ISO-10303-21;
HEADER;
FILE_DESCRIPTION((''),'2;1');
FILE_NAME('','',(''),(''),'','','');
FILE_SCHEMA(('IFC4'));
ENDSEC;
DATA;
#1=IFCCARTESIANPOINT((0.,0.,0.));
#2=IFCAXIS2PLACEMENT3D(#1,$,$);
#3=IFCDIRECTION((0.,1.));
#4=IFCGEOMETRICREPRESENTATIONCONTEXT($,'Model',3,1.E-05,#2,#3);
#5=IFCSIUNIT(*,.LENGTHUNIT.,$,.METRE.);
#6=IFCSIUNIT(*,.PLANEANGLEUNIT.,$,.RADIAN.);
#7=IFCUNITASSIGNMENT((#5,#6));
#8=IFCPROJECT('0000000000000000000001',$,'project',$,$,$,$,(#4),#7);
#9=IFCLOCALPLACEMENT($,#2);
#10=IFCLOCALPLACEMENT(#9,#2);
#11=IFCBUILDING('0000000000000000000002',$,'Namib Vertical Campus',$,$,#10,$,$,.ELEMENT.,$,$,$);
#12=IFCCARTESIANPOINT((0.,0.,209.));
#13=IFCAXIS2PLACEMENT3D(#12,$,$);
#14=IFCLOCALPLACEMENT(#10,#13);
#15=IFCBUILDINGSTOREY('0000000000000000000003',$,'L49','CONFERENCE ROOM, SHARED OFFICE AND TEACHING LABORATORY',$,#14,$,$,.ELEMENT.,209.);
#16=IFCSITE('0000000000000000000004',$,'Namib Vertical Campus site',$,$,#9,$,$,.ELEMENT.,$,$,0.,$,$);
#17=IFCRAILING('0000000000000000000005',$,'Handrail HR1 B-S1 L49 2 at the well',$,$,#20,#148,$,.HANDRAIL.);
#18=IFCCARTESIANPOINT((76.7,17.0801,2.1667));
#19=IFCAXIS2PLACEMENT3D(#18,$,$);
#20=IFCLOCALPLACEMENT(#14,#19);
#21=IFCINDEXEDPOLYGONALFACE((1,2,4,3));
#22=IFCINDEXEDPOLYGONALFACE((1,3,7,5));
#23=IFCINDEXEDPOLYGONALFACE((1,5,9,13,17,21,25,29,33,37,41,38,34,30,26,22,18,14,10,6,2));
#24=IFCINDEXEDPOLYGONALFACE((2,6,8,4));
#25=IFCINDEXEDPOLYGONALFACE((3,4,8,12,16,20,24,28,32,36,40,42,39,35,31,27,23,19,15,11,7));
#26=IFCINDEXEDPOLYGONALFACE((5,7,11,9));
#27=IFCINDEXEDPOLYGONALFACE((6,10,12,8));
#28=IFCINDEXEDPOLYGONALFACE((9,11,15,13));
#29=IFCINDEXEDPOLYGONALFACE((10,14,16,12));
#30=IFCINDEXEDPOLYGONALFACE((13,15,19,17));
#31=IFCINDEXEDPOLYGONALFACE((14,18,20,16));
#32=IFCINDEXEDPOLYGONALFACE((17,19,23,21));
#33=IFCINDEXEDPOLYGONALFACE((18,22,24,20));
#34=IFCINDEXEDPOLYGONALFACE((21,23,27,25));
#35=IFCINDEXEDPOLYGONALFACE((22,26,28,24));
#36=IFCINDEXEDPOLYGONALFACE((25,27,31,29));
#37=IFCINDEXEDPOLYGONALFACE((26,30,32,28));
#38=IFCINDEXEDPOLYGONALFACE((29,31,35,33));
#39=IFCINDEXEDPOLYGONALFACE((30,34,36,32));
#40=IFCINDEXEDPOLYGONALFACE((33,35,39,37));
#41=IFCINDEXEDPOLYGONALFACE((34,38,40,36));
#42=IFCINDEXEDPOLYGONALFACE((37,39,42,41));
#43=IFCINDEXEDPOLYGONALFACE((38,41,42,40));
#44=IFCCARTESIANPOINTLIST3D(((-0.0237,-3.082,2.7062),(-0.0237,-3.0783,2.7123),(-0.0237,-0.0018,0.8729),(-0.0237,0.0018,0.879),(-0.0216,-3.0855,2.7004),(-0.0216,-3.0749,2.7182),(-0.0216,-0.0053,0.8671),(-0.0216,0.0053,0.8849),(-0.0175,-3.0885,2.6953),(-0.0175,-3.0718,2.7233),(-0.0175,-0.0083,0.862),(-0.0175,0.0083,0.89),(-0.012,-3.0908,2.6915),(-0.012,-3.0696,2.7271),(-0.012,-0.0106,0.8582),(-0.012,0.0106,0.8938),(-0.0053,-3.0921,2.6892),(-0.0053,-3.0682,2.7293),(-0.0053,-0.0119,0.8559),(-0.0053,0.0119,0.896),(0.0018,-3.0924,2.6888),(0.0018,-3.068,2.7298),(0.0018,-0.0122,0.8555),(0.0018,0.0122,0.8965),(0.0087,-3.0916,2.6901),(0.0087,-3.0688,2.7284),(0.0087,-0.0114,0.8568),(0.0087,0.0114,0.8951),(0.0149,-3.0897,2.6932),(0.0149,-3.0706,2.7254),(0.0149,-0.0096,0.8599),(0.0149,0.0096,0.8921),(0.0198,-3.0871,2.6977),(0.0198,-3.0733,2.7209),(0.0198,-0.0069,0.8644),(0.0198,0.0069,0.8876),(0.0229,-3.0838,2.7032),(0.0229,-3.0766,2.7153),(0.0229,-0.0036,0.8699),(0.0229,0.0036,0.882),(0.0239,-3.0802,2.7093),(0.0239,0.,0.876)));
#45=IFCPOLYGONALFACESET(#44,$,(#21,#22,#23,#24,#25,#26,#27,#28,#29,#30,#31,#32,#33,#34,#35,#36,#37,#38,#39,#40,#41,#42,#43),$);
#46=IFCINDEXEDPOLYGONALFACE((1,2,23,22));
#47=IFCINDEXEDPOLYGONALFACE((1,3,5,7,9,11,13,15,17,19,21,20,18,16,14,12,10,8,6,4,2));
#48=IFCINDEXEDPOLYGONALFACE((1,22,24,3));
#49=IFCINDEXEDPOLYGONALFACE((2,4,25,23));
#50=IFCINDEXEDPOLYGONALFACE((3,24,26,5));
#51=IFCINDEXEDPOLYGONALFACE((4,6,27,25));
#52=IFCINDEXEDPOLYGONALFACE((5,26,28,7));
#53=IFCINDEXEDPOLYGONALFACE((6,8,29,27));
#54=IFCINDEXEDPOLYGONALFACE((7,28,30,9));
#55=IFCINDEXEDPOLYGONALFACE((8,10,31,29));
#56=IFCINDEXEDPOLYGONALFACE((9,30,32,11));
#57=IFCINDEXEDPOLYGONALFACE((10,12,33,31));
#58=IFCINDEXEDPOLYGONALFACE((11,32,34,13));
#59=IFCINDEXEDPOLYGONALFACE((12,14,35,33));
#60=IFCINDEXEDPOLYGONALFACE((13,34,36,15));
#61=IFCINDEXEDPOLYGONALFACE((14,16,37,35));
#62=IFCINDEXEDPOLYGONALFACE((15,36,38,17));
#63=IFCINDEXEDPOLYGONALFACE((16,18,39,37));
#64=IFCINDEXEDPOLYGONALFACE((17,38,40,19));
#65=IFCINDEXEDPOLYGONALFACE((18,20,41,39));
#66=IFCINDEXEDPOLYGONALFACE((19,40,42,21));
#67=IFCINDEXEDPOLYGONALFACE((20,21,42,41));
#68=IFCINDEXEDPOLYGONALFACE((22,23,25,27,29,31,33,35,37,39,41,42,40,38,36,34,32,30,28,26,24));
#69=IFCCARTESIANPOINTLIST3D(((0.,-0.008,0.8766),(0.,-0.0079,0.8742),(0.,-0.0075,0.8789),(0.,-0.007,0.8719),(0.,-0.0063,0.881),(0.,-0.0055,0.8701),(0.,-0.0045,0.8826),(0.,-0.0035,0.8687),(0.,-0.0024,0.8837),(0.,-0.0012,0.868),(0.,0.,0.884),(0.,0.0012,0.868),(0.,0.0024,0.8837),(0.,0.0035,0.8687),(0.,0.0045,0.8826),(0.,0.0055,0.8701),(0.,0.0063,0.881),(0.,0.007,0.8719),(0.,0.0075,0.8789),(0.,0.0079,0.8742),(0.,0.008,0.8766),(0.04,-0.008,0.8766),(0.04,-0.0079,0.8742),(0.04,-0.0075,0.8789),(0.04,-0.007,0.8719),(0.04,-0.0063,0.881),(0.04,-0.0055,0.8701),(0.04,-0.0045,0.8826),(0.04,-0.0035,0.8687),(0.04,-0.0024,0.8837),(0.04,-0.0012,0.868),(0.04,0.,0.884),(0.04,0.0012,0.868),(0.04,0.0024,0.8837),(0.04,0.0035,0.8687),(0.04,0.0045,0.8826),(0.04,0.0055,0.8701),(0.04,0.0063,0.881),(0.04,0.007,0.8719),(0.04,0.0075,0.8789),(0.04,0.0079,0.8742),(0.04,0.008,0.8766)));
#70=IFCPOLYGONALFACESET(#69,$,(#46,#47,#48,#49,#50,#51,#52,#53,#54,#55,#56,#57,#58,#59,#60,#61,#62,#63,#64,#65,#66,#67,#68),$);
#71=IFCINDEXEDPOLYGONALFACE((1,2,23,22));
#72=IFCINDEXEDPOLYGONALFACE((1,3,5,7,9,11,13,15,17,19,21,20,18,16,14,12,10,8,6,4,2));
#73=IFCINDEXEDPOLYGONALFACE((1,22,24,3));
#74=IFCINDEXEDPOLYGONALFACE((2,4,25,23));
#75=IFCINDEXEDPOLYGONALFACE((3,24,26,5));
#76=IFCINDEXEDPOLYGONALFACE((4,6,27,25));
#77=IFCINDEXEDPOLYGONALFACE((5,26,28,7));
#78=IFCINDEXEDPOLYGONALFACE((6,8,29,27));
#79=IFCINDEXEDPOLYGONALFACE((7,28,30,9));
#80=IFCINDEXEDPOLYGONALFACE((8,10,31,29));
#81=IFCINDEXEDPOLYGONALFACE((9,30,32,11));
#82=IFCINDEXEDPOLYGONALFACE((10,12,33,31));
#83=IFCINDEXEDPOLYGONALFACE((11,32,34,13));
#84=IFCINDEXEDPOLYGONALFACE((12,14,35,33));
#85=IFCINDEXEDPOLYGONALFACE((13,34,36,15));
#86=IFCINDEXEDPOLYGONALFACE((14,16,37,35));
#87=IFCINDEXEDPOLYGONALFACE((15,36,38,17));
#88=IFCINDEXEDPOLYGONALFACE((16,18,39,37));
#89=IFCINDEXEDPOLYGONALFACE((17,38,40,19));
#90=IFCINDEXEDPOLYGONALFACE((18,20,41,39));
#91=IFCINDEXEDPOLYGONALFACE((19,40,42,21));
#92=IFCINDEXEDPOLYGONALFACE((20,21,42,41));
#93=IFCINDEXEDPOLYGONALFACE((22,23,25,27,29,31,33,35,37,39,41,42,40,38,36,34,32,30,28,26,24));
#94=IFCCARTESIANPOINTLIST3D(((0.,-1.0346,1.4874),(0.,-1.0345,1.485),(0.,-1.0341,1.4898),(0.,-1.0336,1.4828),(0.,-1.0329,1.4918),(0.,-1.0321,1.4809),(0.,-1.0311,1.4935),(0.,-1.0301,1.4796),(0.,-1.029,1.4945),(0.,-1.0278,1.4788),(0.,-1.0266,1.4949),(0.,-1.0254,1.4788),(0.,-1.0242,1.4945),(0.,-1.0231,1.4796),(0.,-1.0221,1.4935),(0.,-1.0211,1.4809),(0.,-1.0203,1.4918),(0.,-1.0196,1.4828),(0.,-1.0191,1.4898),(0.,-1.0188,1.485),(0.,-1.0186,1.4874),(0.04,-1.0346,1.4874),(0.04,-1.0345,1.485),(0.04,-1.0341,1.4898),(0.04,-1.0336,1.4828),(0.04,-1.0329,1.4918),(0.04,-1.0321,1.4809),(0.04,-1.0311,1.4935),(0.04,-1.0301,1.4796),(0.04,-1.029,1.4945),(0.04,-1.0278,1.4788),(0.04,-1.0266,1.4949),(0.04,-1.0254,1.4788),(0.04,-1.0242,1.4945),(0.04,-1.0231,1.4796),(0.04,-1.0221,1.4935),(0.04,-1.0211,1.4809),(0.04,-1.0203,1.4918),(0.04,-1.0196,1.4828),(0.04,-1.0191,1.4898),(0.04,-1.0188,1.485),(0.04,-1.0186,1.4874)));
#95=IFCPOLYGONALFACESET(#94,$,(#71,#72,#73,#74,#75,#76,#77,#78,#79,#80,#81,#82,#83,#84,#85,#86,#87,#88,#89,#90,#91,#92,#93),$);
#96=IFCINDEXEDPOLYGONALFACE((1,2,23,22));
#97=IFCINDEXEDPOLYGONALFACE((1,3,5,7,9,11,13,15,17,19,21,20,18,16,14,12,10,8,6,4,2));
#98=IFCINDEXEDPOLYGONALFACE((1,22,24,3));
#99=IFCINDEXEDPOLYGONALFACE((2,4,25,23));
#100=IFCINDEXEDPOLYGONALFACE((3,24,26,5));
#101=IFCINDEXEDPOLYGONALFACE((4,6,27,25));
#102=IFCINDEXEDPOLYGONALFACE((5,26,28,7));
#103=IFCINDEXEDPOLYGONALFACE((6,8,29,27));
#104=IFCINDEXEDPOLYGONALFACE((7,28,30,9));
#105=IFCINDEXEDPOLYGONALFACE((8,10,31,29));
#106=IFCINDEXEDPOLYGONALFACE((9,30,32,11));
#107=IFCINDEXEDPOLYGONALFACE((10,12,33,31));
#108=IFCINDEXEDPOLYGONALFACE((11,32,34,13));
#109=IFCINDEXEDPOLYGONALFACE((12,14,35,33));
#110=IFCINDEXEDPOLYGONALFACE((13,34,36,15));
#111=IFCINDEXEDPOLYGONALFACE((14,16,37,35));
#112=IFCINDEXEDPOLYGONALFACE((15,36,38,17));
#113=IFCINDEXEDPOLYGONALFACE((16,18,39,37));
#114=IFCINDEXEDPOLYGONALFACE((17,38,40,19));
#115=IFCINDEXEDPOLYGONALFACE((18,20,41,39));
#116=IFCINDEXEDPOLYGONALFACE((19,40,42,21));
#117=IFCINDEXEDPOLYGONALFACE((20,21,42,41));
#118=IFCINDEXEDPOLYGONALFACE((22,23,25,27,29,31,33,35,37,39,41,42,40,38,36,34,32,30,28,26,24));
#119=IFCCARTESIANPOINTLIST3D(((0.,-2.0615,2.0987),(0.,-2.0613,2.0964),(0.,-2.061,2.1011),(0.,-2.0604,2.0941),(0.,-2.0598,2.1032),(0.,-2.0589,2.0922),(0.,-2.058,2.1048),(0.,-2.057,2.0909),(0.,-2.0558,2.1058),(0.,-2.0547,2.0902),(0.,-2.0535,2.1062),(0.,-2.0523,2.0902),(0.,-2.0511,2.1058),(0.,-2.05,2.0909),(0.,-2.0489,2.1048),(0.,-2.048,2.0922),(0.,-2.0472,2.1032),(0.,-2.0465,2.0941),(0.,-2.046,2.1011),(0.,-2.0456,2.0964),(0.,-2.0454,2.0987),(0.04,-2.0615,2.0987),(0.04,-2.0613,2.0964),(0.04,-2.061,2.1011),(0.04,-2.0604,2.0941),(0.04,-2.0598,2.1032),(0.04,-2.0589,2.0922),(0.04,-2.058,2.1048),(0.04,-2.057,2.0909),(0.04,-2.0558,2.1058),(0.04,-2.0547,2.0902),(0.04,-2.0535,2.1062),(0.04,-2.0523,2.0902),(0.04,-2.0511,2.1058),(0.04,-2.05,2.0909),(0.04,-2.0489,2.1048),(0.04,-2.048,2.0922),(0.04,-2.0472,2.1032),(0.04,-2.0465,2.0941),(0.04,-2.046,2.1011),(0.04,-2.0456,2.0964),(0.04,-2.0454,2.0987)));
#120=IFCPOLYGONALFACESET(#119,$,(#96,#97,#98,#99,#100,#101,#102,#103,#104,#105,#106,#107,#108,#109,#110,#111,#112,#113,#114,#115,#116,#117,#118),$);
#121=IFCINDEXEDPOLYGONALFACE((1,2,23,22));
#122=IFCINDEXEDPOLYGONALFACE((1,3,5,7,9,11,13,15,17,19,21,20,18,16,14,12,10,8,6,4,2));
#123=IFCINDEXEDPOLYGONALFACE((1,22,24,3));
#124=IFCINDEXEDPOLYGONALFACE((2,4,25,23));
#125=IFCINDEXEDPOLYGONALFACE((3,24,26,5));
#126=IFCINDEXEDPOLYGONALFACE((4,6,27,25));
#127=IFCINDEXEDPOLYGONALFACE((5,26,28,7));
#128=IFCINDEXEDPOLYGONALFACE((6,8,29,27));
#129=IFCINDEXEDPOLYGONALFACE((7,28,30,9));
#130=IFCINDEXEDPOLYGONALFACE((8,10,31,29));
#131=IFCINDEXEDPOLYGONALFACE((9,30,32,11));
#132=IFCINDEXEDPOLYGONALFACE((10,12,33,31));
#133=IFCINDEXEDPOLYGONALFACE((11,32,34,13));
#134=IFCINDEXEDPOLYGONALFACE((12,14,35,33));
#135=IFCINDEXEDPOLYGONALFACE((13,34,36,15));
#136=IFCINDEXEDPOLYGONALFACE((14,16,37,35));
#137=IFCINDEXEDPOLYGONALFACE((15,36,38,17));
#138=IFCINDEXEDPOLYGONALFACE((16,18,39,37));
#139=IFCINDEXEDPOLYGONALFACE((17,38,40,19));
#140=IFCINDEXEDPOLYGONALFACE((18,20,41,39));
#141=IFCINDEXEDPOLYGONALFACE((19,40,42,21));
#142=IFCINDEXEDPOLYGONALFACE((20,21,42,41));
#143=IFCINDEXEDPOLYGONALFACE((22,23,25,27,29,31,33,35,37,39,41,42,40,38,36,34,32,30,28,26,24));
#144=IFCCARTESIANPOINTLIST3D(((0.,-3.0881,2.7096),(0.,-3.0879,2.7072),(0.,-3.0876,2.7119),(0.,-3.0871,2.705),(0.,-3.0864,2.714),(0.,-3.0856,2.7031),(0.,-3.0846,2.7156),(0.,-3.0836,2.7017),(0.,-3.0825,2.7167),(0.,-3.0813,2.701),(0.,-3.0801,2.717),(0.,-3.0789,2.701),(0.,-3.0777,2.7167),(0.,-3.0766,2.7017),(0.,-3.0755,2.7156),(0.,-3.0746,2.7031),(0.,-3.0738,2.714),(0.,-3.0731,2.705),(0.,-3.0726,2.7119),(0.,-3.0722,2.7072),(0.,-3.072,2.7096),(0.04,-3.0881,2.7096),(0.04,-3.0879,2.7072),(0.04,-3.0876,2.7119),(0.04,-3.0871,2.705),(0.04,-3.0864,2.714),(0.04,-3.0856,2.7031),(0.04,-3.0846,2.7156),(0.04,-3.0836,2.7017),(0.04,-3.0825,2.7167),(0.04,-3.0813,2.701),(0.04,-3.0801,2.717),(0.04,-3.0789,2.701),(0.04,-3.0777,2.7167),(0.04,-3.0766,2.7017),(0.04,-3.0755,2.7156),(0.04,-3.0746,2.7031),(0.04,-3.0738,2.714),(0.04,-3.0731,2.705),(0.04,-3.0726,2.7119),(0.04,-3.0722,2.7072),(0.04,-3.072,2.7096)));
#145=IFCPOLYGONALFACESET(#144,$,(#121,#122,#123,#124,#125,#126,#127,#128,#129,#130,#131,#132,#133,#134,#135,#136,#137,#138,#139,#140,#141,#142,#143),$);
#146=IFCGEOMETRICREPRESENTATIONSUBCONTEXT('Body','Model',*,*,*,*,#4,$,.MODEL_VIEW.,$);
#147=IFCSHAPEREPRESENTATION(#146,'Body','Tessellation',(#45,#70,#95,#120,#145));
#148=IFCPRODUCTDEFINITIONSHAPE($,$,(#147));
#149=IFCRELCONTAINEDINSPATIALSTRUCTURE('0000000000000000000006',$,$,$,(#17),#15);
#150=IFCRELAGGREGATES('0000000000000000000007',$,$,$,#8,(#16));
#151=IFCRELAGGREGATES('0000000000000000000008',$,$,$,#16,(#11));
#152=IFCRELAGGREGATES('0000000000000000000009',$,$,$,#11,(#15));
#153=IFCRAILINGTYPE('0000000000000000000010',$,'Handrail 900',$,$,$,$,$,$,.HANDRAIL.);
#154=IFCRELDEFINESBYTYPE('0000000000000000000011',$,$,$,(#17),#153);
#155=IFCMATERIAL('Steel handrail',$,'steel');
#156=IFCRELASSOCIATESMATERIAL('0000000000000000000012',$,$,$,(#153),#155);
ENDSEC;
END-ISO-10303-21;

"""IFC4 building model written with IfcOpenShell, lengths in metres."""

from ifc_helpers import new_model, si_unit, direction, frame, origin, origin_2d, place, context, subcontext, project, spatial, circle, extrude, material, type_object, element, save


model = new_model("IFC4")

# Units and contexts
model_context = context("Model", 3, precision=1e-05, world=origin(), true_north=direction((0.0, 1.0)))
body_context = subcontext(model_context, "Body", "Model", "MODEL_VIEW")
ifc_project = project(units=[si_unit("LENGTHUNIT", "METRE"), si_unit("PLANEANGLEUNIT", "RADIAN")], contexts=[model_context])

# Site, building, storey
site_placement = place(None, origin())
site = spatial("IfcSite", under=ifc_project, at=site_placement, Name="Namib Vertical Campus site", CompositionType="ELEMENT", RefElevation=0.0)
building_placement = place(site_placement, origin())
building = spatial("IfcBuilding", under=site, at=building_placement, Name="Namib Vertical Campus", CompositionType="ELEMENT")
storey_placement = place(building_placement, frame((0.0, 0.0, 209.0)))
storey = spatial("IfcBuildingStorey", under=building, at=storey_placement, Name="L49", Description="CONFERENCE ROOM, SHARED OFFICE AND TEACHING LABORATORY", CompositionType="ELEMENT", Elevation=209.0)

# Railing
ifc_material_1 = material(Name="Steel handrail", Category="steel")
railing_type_1 = type_object("IfcRailingType", Name="Handrail 900", PredefinedType="HANDRAIL", material=ifc_material_1)
railing_1_placement = place(storey_placement, frame((76.7, 17.0801, 2.1667)))
element("IfcRailing", 1, at=railing_1_placement, inside=storey, type_object=railing_type_1, Name="Handrail HR1 B-S1 L49 2 at the well", PredefinedType="HANDRAIL", context=body_context, shape_type="SweptSolid", body=[
    extrude(circle(Radius=0.0239, at=origin_2d()), frame((0.0, 0.0, 0.876), z_axis=(0.0, -0.859309, 0.511458), x_axis=(1.0, 0.0, 0.0)), (0.0, 0.0, 1.0), 3.5845),
    extrude(circle(Radius=0.0081, at=origin_2d()), frame((0.0, 0.0, 0.876), z_axis=(1.0, 0.0, 0.0), x_axis=(0.0, 0.0, 1.0)), (0.0, 0.0, 1.0), 0.04),
    extrude(circle(Radius=0.0081, at=origin_2d()), frame((0.0, -1.0266, 1.4868), z_axis=(1.0, 0.0, 0.0), x_axis=(0.0, 0.0, 1.0)), (0.0, 0.0, 1.0), 0.04),
    extrude(circle(Radius=0.0081, at=origin_2d()), frame((0.0, -2.0535, 2.0981), z_axis=(1.0, 0.0, 0.0), x_axis=(0.0, 0.0, 1.0)), (0.0, 0.0, 1.0), 0.04),
    extrude(circle(Radius=0.0081, at=origin_2d()), frame((0.0, -3.0801, 2.709), z_axis=(1.0, 0.0, 0.0), x_axis=(0.0, 0.0, 1.0)), (0.0, 0.0, 1.0), 0.04),
])

save(model, "model.ifc")
